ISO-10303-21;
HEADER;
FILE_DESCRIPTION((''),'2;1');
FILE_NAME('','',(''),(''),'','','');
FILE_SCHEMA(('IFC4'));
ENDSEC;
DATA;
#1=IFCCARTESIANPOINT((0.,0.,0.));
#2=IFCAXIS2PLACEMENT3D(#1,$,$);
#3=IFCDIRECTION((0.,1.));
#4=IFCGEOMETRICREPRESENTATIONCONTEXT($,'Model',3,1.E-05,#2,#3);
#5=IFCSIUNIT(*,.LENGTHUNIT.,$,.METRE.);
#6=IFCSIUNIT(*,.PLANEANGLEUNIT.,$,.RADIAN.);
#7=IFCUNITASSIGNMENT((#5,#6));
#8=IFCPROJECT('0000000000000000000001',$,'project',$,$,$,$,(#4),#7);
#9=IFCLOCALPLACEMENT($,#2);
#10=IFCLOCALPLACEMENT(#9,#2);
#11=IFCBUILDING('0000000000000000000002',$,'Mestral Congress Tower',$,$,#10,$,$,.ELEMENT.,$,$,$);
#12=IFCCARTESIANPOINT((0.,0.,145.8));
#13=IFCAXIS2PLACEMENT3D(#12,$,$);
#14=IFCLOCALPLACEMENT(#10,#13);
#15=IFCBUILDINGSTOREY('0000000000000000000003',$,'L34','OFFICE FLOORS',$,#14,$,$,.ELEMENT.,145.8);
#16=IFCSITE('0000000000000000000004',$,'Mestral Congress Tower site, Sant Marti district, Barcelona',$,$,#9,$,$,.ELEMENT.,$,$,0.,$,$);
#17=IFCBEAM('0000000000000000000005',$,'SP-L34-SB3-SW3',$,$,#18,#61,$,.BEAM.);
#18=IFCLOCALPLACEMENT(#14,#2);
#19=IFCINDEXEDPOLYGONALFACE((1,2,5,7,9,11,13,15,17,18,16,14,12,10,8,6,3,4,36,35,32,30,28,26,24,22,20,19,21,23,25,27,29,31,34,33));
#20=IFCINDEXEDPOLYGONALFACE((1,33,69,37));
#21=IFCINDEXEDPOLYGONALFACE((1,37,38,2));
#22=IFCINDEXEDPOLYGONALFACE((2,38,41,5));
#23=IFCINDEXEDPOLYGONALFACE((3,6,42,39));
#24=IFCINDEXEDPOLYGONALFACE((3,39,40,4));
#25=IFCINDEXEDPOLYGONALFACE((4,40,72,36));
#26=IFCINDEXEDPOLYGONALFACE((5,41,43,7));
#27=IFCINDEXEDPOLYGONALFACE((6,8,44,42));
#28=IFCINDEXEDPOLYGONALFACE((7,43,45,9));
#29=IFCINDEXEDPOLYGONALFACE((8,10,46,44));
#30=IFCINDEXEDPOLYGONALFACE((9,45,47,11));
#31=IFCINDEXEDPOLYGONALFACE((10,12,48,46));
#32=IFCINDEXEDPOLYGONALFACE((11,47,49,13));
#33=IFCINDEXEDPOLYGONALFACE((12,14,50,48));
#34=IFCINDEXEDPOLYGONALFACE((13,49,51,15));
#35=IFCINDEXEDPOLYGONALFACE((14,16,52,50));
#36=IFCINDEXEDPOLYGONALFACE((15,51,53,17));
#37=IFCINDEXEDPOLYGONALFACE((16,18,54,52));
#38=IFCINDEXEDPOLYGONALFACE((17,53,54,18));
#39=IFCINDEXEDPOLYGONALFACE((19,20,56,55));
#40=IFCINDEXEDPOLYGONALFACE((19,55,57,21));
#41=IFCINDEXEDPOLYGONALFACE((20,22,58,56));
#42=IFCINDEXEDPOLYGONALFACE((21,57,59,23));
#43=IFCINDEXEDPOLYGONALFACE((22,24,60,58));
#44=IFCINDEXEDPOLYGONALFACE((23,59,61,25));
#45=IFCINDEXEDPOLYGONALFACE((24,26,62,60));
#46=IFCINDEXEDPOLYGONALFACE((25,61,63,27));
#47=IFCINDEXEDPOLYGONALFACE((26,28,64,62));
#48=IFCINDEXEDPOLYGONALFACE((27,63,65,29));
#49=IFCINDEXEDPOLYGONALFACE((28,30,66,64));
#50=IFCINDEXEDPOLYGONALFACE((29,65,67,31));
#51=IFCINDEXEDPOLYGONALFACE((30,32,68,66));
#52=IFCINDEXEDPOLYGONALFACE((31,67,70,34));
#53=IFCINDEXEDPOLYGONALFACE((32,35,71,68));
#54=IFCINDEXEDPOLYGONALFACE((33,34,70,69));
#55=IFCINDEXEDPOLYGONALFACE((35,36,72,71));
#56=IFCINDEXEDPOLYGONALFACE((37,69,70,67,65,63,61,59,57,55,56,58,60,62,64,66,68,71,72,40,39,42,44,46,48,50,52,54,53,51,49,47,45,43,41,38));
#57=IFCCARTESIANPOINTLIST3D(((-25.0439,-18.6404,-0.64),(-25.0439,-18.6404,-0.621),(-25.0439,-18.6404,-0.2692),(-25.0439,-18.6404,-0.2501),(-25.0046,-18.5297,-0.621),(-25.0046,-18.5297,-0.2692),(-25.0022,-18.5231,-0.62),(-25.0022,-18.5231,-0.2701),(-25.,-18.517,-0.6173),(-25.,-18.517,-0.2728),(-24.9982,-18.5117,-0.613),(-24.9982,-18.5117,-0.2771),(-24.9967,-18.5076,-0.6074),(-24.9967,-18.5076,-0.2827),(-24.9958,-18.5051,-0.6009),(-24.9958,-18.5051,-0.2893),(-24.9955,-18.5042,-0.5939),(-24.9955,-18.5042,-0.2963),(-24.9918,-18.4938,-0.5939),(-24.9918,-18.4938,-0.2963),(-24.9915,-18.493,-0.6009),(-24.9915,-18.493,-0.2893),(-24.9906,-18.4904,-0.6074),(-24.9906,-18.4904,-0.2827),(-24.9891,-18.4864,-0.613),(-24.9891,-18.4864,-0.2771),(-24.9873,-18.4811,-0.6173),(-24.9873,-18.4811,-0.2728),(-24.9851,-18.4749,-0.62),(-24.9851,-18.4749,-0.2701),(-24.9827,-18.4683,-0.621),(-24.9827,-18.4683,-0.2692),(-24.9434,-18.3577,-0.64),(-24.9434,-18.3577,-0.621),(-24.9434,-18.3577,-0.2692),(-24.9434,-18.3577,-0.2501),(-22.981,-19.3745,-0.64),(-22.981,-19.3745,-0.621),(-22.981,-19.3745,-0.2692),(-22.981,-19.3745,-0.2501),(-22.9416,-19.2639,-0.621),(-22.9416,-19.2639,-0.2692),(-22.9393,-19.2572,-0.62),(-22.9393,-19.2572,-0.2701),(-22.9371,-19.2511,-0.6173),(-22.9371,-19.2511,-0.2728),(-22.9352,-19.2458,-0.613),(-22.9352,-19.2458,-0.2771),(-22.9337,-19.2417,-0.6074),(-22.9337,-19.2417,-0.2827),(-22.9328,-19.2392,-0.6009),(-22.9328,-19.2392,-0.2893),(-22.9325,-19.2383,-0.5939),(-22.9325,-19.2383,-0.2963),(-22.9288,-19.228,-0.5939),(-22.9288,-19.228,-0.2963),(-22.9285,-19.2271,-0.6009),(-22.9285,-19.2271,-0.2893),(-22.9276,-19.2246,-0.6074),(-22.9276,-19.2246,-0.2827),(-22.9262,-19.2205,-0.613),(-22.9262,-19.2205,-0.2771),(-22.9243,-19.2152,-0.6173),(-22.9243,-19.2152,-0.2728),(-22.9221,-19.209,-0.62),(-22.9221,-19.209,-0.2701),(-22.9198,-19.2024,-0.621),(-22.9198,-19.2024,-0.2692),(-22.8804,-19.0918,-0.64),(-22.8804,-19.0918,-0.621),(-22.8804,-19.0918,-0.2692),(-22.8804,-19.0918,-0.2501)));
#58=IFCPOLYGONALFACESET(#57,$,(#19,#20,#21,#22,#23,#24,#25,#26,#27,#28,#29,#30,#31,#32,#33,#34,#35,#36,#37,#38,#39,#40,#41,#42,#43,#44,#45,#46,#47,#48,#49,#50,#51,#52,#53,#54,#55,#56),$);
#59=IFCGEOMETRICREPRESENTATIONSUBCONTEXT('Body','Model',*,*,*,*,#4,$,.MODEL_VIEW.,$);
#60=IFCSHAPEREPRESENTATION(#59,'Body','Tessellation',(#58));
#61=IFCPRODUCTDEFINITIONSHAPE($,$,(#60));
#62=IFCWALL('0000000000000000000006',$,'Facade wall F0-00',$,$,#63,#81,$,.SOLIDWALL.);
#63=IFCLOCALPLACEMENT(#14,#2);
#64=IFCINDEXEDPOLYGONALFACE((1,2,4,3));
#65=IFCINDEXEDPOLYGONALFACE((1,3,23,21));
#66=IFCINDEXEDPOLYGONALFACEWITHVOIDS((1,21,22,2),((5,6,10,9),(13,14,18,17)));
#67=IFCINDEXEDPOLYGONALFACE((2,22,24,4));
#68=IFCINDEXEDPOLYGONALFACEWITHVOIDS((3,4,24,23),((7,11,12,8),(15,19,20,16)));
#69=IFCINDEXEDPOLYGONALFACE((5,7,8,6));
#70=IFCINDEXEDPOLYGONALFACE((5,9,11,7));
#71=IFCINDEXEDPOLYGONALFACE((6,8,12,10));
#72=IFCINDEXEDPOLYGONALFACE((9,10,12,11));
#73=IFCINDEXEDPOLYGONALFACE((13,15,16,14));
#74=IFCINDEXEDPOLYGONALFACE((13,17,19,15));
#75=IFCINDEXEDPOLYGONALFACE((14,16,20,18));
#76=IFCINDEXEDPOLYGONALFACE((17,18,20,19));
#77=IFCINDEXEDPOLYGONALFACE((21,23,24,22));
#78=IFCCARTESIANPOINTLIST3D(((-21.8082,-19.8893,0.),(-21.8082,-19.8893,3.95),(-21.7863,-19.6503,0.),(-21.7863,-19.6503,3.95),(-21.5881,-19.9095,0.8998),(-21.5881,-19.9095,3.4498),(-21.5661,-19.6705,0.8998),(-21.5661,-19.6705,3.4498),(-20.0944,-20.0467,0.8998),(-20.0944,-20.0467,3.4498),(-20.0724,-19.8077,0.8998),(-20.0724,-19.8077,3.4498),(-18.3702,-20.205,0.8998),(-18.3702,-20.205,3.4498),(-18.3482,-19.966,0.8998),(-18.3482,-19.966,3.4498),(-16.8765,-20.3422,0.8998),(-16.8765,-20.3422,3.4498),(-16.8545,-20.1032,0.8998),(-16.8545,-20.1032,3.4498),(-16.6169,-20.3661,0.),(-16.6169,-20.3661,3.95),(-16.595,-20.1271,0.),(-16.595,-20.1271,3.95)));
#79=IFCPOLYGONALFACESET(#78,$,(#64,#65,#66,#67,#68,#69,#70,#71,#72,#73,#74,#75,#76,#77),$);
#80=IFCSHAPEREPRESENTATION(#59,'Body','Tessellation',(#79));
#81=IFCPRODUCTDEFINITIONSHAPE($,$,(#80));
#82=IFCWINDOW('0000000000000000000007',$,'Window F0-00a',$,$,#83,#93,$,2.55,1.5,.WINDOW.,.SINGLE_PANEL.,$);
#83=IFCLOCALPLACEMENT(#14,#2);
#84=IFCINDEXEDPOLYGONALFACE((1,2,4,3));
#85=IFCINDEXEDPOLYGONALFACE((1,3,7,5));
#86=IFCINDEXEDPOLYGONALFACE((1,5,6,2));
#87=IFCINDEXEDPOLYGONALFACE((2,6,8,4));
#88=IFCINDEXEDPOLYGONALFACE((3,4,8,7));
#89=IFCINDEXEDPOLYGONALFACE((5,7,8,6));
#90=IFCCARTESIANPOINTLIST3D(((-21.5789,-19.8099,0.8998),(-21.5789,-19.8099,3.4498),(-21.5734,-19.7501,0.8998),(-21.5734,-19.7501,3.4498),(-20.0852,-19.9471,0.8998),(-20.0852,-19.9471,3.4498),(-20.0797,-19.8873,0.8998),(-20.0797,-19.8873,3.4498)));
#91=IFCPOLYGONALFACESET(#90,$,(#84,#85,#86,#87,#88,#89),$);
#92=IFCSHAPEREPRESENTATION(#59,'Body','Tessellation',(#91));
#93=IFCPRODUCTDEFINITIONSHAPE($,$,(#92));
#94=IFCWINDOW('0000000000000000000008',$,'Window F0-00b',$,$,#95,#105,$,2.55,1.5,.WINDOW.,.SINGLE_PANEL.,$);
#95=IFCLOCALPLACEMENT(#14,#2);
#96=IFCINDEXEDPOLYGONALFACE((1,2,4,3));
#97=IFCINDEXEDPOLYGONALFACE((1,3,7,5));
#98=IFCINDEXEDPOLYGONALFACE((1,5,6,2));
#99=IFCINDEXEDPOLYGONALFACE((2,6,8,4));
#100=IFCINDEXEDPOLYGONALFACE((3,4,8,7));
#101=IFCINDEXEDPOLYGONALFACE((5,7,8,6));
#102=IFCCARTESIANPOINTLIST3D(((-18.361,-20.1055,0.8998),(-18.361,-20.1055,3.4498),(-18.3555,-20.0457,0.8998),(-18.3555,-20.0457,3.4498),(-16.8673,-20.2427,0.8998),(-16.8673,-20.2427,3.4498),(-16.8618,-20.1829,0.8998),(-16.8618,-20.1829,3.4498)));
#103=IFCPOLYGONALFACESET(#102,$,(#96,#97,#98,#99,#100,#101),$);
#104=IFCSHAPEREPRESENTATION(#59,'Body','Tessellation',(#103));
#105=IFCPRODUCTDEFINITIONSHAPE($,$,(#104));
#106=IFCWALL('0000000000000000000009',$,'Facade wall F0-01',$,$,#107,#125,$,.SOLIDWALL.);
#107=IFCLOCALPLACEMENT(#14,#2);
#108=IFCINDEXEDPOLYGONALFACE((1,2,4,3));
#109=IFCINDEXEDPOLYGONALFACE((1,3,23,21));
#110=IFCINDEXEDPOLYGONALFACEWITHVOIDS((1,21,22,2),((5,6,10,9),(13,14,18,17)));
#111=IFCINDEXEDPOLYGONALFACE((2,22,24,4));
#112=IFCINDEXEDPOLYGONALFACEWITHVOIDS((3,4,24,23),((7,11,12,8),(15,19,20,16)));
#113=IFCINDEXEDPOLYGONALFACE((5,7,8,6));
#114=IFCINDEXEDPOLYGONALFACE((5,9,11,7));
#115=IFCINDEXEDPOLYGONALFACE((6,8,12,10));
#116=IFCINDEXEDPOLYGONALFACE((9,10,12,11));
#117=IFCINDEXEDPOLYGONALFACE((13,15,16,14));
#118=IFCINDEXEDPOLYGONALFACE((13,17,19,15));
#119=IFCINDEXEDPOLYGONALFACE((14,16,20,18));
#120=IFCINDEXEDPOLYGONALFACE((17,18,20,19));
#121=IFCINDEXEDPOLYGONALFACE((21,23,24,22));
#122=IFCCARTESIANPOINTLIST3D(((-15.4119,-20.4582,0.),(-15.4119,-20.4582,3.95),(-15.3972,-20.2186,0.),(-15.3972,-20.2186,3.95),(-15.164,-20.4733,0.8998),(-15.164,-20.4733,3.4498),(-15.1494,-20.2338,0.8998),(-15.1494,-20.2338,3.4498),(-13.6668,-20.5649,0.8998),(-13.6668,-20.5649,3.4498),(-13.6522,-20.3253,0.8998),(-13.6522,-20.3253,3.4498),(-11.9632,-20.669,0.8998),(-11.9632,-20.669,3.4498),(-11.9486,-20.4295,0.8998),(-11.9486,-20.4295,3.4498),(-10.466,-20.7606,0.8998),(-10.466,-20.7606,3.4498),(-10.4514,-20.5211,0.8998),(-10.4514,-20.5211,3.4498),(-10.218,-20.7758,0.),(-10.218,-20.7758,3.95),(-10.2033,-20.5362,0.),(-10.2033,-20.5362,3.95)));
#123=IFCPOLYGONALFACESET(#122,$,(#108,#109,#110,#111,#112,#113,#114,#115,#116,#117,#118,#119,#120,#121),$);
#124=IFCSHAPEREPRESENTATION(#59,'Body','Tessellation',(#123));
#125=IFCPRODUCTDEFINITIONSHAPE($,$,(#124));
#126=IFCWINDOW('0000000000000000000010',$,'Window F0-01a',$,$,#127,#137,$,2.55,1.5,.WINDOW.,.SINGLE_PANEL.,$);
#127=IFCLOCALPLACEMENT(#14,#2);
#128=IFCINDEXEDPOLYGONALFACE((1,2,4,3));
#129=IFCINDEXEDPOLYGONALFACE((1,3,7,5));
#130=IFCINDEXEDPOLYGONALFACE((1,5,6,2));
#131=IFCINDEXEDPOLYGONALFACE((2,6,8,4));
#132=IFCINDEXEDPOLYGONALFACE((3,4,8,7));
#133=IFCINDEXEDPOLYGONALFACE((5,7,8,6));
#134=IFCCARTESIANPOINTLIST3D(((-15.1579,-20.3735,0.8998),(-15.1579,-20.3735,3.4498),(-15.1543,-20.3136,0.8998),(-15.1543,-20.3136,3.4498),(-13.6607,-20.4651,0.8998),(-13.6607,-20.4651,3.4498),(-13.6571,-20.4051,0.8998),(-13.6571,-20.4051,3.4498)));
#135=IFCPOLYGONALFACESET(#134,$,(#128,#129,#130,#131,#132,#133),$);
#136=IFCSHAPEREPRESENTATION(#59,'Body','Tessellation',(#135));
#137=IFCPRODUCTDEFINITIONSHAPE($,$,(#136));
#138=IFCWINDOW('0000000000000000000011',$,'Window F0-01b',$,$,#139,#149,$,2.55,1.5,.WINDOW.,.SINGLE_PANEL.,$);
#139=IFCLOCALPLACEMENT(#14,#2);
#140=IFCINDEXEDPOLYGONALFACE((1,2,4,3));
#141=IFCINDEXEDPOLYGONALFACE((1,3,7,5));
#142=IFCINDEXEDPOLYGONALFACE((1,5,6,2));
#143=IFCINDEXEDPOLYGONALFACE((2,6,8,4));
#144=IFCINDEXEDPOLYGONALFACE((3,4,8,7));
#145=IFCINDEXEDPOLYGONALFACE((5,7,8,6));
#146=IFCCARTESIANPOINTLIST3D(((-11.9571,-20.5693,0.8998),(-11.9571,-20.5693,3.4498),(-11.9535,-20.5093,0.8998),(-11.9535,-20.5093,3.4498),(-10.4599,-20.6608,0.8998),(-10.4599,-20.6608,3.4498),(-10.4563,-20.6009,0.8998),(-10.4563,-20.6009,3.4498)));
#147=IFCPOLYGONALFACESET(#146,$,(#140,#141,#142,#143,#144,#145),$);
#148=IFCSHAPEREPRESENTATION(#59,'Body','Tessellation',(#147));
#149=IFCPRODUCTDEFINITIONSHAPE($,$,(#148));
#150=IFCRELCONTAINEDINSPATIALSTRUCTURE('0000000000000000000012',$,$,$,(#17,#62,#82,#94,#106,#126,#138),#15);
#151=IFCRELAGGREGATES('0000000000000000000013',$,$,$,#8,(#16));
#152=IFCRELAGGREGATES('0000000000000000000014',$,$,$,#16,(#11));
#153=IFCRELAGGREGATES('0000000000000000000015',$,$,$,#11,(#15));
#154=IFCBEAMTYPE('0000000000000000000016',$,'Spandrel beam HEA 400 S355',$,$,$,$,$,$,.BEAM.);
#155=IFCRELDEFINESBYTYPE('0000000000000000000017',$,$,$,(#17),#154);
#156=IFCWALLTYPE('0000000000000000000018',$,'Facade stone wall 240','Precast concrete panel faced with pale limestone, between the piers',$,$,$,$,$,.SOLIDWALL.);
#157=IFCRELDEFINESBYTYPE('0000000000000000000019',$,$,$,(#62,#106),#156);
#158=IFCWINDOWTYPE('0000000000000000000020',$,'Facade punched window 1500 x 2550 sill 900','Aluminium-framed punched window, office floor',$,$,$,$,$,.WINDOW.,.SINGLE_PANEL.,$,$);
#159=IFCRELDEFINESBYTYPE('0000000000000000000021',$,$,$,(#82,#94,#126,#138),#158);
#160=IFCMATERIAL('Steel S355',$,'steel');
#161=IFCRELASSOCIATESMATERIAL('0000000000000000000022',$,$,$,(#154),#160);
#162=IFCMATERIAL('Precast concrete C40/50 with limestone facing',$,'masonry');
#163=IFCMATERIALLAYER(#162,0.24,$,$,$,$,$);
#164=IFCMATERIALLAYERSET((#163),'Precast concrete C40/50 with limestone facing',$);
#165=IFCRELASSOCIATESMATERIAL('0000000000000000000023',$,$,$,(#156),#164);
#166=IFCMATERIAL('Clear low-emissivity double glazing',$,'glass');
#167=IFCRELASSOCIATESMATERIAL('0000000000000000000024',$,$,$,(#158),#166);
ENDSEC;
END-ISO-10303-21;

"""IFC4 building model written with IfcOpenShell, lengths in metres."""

from ifc_helpers import new_model, si_unit, direction, frame, frame_2d, origin, origin_2d, place, context, subcontext, project, spatial, rectangle, i_section, extrude, material, layer, layer_set, material_profile, profile_set, type_object, element, fill, save


model = new_model("IFC4")

# Units and contexts
model_context = context("Model", 3, precision=1e-05, world=origin(), true_north=direction((0.0, 1.0)))
body_context = subcontext(model_context, "Body", "Model", "MODEL_VIEW")
ifc_project = project(units=[si_unit("LENGTHUNIT", "METRE"), si_unit("PLANEANGLEUNIT", "RADIAN")], contexts=[model_context])

# Site, building, storey
site_placement = place(None, origin())
site = spatial("IfcSite", under=ifc_project, at=site_placement, Name="Mestral Congress Tower site, Sant Marti district, Barcelona", CompositionType="ELEMENT", RefElevation=0.0)
building_placement = place(site_placement, origin())
building = spatial("IfcBuilding", under=site, at=building_placement, Name="Mestral Congress Tower", CompositionType="ELEMENT")
storey_placement = place(building_placement, frame((0.0, 0.0, 145.8)))
storey = spatial("IfcBuildingStorey", under=building, at=storey_placement, Name="L34", Description="OFFICE FLOORS", CompositionType="ELEMENT", Elevation=145.8)

# Beam
ifc_material_1 = material(Name="Steel S355", Category="steel")
ifc_material_profile_1 = material_profile(ifc_material_1, i_section(OverallWidth=0.3, OverallDepth=0.3899, WebThickness=0.011, FlangeThickness=0.019, FilletRadius=0.0271, at=origin_2d()), Name="HEA 400")
ifc_profile_set_1 = profile_set([ifc_material_profile_1], Name="Steel S355")
beam_type_1 = type_object("IfcBeamType", Name="Spandrel beam HEA 400 S355", PredefinedType="BEAM", material=ifc_profile_set_1)
beam_1_placement = place(storey_placement, frame((-24.9937, -18.499, -0.4451), z_axis=(0.942125, -0.335263, 0.0), x_axis=(0.335263, 0.942125, 0.0)))
element("IfcBeam", 1, at=beam_1_placement, inside=storey, type_object=beam_type_1, Name="SP-L34-SB3-SW3", PredefinedType="BEAM", context=body_context, shape_type="SweptSolid", body=[
    extrude(i_section(OverallWidth=0.3, OverallDepth=0.3899, WebThickness=0.011, FlangeThickness=0.019, FilletRadius=0.0271, at=origin_2d()), origin(), (0.0, 0.0, 1.0), 2.1897),
])

# Walls, openings, windows
ifc_material_2 = material(Name="Precast concrete C40/50 with limestone facing", Category="masonry")
ifc_layer_1 = layer(ifc_material_2, 0.24)
ifc_layer_set_1 = layer_set([ifc_layer_1], Name="Precast concrete C40/50 with limestone facing")
wall_type_1 = type_object("IfcWallType", Name="Facade stone wall 240", Description="Precast concrete panel faced with pale limestone, between the piers", PredefinedType="SOLIDWALL", material=ifc_layer_set_1)
wall_1_placement = place(storey_placement, frame((-21.7971, -19.7698, 0.0), z_axis=(0.0, 0.0, 1.0), x_axis=(0.995809, -0.09146, 0.0)))
wall_1 = element("IfcWall", 2, at=wall_1_placement, inside=storey, type_object=wall_type_1, Name="Facade wall F0-00", PredefinedType="SOLIDWALL", context=body_context, shape_type="SweptSolid", body=[
    extrude(rectangle(XDim=5.2131, YDim=0.24, at=frame_2d((2.6064, 0.0))), origin(), (0.0, 0.0, 1.0), 3.95),
])
opening_1_placement = place(wall_1_placement, frame((0.2209, 0.0, 0.8999)))
opening_1 = element("IfcOpeningElement", 3, at=opening_1_placement, cuts=wall_1, PredefinedType="OPENING", context=body_context, shape_type="SweptSolid", body=[
    extrude(rectangle(XDim=1.5, YDim=2.55, at=frame_2d((0.75, 1.2749))), frame((0.0, 0.1299, 0.0), z_axis=(0.0, -1.0, 0.0), x_axis=(1.0, 0.0, 0.0)), (0.0, 0.0, 1.0), 0.26),
])
opening_2_placement = place(wall_1_placement, frame((3.4524, 0.0, 0.8999)))
opening_2 = element("IfcOpeningElement", 4, at=opening_2_placement, cuts=wall_1, PredefinedType="OPENING", context=body_context, shape_type="SweptSolid", body=[
    extrude(rectangle(XDim=1.5, YDim=2.55, at=frame_2d((0.75, 1.2749))), frame((0.0, 0.1299, 0.0), z_axis=(0.0, -1.0, 0.0), x_axis=(1.0, 0.0, 0.0)), (0.0, 0.0, 1.0), 0.26),
])
ifc_material_3 = material(Name="Clear low-emissivity double glazing", Category="glass")
window_type_1 = type_object("IfcWindowType", Name="Facade punched window 1500 x 2550 sill 900", Description="Aluminium-framed punched window, office floor", PartitioningType="SINGLE_PANEL", PredefinedType="WINDOW", material=ifc_material_3)
window_1_placement = place(opening_1_placement, origin())
window_1 = element("IfcWindow", 5, at=window_1_placement, inside=storey, type_object=window_type_1, Name="Window F0-00a", OverallHeight=2.55, OverallWidth=1.5, PartitioningType="SINGLE_PANEL", PredefinedType="WINDOW", context=body_context, shape_type="SweptSolid", body=[
    extrude(rectangle(XDim=1.5, YDim=2.55, at=frame_2d((0.75, 1.2749))), frame((0.0, 0.04, 0.0), z_axis=(0.0, -1.0, 0.0), x_axis=(1.0, 0.0, 0.0)), (0.0, 0.0, 1.0), 0.0601),
])
fill(opening_1, window_1)
window_2_placement = place(opening_2_placement, origin())
window_2 = element("IfcWindow", 6, at=window_2_placement, inside=storey, type_object=window_type_1, Name="Window F0-00b", OverallHeight=2.55, OverallWidth=1.5, PartitioningType="SINGLE_PANEL", PredefinedType="WINDOW", context=body_context, shape_type="SweptSolid", body=[
    extrude(rectangle(XDim=1.5, YDim=2.55, at=frame_2d((0.75, 1.2749))), frame((0.0, 0.04, 0.0), z_axis=(0.0, -1.0, 0.0), x_axis=(1.0, 0.0, 0.0)), (0.0, 0.0, 1.0), 0.0601),
])
fill(opening_2, window_2)
wall_2_placement = place(storey_placement, frame((-15.4045, -20.3384, 0.0), z_axis=(0.0, 0.0, 1.0), x_axis=(0.998135, -0.06104, 0.0)))
wall_2 = element("IfcWall", 7, at=wall_2_placement, inside=storey, type_object=wall_type_1, Name="Facade wall F0-01", PredefinedType="SOLIDWALL", context=body_context, shape_type="SweptSolid", body=[
    extrude(rectangle(XDim=5.2036, YDim=0.24, at=frame_2d((2.6018, 0.0))), origin(), (0.0, 0.0, 1.0), 3.95),
])
opening_3_placement = place(wall_2_placement, frame((0.2483, 0.0, 0.8999)))
opening_3 = element("IfcOpeningElement", 8, at=opening_3_placement, cuts=wall_2, PredefinedType="OPENING", context=body_context, shape_type="SweptSolid", body=[
    extrude(rectangle(XDim=1.5, YDim=2.55, at=frame_2d((0.75, 1.2749))), frame((0.0, 0.1299, 0.0), z_axis=(0.0, -1.0, 0.0), x_axis=(1.0, 0.0, 0.0)), (0.0, 0.0, 1.0), 0.26),
])
opening_4_placement = place(wall_2_placement, frame((3.4551, 0.0, 0.8999)))
opening_4 = element("IfcOpeningElement", 9, at=opening_4_placement, cuts=wall_2, PredefinedType="OPENING", context=body_context, shape_type="SweptSolid", body=[
    extrude(rectangle(XDim=1.5, YDim=2.55, at=frame_2d((0.75, 1.2749))), frame((0.0, 0.1299, 0.0), z_axis=(0.0, -1.0, 0.0), x_axis=(1.0, 0.0, 0.0)), (0.0, 0.0, 1.0), 0.26),
])
window_3_placement = place(opening_3_placement, origin())
window_3 = element("IfcWindow", 10, at=window_3_placement, inside=storey, type_object=window_type_1, Name="Window F0-01a", OverallHeight=2.55, OverallWidth=1.5, PartitioningType="SINGLE_PANEL", PredefinedType="WINDOW", context=body_context, shape_type="SweptSolid", body=[
    extrude(rectangle(XDim=1.5, YDim=2.55, at=frame_2d((0.75, 1.2749))), frame((0.0, 0.04, 0.0), z_axis=(0.0, -1.0, 0.0), x_axis=(1.0, 0.0, 0.0)), (0.0, 0.0, 1.0), 0.0601),
])
fill(opening_3, window_3)
window_4_placement = place(opening_4_placement, origin())
window_4 = element("IfcWindow", 11, at=window_4_placement, inside=storey, type_object=window_type_1, Name="Window F0-01b", OverallHeight=2.55, OverallWidth=1.5, PartitioningType="SINGLE_PANEL", PredefinedType="WINDOW", context=body_context, shape_type="SweptSolid", body=[
    extrude(rectangle(XDim=1.5, YDim=2.55, at=frame_2d((0.75, 1.2749))), frame((0.0, 0.04, 0.0), z_axis=(0.0, -1.0, 0.0), x_axis=(1.0, 0.0, 0.0)), (0.0, 0.0, 1.0), 0.0601),
])
fill(opening_4, window_4)

save(model, "model.ifc")
